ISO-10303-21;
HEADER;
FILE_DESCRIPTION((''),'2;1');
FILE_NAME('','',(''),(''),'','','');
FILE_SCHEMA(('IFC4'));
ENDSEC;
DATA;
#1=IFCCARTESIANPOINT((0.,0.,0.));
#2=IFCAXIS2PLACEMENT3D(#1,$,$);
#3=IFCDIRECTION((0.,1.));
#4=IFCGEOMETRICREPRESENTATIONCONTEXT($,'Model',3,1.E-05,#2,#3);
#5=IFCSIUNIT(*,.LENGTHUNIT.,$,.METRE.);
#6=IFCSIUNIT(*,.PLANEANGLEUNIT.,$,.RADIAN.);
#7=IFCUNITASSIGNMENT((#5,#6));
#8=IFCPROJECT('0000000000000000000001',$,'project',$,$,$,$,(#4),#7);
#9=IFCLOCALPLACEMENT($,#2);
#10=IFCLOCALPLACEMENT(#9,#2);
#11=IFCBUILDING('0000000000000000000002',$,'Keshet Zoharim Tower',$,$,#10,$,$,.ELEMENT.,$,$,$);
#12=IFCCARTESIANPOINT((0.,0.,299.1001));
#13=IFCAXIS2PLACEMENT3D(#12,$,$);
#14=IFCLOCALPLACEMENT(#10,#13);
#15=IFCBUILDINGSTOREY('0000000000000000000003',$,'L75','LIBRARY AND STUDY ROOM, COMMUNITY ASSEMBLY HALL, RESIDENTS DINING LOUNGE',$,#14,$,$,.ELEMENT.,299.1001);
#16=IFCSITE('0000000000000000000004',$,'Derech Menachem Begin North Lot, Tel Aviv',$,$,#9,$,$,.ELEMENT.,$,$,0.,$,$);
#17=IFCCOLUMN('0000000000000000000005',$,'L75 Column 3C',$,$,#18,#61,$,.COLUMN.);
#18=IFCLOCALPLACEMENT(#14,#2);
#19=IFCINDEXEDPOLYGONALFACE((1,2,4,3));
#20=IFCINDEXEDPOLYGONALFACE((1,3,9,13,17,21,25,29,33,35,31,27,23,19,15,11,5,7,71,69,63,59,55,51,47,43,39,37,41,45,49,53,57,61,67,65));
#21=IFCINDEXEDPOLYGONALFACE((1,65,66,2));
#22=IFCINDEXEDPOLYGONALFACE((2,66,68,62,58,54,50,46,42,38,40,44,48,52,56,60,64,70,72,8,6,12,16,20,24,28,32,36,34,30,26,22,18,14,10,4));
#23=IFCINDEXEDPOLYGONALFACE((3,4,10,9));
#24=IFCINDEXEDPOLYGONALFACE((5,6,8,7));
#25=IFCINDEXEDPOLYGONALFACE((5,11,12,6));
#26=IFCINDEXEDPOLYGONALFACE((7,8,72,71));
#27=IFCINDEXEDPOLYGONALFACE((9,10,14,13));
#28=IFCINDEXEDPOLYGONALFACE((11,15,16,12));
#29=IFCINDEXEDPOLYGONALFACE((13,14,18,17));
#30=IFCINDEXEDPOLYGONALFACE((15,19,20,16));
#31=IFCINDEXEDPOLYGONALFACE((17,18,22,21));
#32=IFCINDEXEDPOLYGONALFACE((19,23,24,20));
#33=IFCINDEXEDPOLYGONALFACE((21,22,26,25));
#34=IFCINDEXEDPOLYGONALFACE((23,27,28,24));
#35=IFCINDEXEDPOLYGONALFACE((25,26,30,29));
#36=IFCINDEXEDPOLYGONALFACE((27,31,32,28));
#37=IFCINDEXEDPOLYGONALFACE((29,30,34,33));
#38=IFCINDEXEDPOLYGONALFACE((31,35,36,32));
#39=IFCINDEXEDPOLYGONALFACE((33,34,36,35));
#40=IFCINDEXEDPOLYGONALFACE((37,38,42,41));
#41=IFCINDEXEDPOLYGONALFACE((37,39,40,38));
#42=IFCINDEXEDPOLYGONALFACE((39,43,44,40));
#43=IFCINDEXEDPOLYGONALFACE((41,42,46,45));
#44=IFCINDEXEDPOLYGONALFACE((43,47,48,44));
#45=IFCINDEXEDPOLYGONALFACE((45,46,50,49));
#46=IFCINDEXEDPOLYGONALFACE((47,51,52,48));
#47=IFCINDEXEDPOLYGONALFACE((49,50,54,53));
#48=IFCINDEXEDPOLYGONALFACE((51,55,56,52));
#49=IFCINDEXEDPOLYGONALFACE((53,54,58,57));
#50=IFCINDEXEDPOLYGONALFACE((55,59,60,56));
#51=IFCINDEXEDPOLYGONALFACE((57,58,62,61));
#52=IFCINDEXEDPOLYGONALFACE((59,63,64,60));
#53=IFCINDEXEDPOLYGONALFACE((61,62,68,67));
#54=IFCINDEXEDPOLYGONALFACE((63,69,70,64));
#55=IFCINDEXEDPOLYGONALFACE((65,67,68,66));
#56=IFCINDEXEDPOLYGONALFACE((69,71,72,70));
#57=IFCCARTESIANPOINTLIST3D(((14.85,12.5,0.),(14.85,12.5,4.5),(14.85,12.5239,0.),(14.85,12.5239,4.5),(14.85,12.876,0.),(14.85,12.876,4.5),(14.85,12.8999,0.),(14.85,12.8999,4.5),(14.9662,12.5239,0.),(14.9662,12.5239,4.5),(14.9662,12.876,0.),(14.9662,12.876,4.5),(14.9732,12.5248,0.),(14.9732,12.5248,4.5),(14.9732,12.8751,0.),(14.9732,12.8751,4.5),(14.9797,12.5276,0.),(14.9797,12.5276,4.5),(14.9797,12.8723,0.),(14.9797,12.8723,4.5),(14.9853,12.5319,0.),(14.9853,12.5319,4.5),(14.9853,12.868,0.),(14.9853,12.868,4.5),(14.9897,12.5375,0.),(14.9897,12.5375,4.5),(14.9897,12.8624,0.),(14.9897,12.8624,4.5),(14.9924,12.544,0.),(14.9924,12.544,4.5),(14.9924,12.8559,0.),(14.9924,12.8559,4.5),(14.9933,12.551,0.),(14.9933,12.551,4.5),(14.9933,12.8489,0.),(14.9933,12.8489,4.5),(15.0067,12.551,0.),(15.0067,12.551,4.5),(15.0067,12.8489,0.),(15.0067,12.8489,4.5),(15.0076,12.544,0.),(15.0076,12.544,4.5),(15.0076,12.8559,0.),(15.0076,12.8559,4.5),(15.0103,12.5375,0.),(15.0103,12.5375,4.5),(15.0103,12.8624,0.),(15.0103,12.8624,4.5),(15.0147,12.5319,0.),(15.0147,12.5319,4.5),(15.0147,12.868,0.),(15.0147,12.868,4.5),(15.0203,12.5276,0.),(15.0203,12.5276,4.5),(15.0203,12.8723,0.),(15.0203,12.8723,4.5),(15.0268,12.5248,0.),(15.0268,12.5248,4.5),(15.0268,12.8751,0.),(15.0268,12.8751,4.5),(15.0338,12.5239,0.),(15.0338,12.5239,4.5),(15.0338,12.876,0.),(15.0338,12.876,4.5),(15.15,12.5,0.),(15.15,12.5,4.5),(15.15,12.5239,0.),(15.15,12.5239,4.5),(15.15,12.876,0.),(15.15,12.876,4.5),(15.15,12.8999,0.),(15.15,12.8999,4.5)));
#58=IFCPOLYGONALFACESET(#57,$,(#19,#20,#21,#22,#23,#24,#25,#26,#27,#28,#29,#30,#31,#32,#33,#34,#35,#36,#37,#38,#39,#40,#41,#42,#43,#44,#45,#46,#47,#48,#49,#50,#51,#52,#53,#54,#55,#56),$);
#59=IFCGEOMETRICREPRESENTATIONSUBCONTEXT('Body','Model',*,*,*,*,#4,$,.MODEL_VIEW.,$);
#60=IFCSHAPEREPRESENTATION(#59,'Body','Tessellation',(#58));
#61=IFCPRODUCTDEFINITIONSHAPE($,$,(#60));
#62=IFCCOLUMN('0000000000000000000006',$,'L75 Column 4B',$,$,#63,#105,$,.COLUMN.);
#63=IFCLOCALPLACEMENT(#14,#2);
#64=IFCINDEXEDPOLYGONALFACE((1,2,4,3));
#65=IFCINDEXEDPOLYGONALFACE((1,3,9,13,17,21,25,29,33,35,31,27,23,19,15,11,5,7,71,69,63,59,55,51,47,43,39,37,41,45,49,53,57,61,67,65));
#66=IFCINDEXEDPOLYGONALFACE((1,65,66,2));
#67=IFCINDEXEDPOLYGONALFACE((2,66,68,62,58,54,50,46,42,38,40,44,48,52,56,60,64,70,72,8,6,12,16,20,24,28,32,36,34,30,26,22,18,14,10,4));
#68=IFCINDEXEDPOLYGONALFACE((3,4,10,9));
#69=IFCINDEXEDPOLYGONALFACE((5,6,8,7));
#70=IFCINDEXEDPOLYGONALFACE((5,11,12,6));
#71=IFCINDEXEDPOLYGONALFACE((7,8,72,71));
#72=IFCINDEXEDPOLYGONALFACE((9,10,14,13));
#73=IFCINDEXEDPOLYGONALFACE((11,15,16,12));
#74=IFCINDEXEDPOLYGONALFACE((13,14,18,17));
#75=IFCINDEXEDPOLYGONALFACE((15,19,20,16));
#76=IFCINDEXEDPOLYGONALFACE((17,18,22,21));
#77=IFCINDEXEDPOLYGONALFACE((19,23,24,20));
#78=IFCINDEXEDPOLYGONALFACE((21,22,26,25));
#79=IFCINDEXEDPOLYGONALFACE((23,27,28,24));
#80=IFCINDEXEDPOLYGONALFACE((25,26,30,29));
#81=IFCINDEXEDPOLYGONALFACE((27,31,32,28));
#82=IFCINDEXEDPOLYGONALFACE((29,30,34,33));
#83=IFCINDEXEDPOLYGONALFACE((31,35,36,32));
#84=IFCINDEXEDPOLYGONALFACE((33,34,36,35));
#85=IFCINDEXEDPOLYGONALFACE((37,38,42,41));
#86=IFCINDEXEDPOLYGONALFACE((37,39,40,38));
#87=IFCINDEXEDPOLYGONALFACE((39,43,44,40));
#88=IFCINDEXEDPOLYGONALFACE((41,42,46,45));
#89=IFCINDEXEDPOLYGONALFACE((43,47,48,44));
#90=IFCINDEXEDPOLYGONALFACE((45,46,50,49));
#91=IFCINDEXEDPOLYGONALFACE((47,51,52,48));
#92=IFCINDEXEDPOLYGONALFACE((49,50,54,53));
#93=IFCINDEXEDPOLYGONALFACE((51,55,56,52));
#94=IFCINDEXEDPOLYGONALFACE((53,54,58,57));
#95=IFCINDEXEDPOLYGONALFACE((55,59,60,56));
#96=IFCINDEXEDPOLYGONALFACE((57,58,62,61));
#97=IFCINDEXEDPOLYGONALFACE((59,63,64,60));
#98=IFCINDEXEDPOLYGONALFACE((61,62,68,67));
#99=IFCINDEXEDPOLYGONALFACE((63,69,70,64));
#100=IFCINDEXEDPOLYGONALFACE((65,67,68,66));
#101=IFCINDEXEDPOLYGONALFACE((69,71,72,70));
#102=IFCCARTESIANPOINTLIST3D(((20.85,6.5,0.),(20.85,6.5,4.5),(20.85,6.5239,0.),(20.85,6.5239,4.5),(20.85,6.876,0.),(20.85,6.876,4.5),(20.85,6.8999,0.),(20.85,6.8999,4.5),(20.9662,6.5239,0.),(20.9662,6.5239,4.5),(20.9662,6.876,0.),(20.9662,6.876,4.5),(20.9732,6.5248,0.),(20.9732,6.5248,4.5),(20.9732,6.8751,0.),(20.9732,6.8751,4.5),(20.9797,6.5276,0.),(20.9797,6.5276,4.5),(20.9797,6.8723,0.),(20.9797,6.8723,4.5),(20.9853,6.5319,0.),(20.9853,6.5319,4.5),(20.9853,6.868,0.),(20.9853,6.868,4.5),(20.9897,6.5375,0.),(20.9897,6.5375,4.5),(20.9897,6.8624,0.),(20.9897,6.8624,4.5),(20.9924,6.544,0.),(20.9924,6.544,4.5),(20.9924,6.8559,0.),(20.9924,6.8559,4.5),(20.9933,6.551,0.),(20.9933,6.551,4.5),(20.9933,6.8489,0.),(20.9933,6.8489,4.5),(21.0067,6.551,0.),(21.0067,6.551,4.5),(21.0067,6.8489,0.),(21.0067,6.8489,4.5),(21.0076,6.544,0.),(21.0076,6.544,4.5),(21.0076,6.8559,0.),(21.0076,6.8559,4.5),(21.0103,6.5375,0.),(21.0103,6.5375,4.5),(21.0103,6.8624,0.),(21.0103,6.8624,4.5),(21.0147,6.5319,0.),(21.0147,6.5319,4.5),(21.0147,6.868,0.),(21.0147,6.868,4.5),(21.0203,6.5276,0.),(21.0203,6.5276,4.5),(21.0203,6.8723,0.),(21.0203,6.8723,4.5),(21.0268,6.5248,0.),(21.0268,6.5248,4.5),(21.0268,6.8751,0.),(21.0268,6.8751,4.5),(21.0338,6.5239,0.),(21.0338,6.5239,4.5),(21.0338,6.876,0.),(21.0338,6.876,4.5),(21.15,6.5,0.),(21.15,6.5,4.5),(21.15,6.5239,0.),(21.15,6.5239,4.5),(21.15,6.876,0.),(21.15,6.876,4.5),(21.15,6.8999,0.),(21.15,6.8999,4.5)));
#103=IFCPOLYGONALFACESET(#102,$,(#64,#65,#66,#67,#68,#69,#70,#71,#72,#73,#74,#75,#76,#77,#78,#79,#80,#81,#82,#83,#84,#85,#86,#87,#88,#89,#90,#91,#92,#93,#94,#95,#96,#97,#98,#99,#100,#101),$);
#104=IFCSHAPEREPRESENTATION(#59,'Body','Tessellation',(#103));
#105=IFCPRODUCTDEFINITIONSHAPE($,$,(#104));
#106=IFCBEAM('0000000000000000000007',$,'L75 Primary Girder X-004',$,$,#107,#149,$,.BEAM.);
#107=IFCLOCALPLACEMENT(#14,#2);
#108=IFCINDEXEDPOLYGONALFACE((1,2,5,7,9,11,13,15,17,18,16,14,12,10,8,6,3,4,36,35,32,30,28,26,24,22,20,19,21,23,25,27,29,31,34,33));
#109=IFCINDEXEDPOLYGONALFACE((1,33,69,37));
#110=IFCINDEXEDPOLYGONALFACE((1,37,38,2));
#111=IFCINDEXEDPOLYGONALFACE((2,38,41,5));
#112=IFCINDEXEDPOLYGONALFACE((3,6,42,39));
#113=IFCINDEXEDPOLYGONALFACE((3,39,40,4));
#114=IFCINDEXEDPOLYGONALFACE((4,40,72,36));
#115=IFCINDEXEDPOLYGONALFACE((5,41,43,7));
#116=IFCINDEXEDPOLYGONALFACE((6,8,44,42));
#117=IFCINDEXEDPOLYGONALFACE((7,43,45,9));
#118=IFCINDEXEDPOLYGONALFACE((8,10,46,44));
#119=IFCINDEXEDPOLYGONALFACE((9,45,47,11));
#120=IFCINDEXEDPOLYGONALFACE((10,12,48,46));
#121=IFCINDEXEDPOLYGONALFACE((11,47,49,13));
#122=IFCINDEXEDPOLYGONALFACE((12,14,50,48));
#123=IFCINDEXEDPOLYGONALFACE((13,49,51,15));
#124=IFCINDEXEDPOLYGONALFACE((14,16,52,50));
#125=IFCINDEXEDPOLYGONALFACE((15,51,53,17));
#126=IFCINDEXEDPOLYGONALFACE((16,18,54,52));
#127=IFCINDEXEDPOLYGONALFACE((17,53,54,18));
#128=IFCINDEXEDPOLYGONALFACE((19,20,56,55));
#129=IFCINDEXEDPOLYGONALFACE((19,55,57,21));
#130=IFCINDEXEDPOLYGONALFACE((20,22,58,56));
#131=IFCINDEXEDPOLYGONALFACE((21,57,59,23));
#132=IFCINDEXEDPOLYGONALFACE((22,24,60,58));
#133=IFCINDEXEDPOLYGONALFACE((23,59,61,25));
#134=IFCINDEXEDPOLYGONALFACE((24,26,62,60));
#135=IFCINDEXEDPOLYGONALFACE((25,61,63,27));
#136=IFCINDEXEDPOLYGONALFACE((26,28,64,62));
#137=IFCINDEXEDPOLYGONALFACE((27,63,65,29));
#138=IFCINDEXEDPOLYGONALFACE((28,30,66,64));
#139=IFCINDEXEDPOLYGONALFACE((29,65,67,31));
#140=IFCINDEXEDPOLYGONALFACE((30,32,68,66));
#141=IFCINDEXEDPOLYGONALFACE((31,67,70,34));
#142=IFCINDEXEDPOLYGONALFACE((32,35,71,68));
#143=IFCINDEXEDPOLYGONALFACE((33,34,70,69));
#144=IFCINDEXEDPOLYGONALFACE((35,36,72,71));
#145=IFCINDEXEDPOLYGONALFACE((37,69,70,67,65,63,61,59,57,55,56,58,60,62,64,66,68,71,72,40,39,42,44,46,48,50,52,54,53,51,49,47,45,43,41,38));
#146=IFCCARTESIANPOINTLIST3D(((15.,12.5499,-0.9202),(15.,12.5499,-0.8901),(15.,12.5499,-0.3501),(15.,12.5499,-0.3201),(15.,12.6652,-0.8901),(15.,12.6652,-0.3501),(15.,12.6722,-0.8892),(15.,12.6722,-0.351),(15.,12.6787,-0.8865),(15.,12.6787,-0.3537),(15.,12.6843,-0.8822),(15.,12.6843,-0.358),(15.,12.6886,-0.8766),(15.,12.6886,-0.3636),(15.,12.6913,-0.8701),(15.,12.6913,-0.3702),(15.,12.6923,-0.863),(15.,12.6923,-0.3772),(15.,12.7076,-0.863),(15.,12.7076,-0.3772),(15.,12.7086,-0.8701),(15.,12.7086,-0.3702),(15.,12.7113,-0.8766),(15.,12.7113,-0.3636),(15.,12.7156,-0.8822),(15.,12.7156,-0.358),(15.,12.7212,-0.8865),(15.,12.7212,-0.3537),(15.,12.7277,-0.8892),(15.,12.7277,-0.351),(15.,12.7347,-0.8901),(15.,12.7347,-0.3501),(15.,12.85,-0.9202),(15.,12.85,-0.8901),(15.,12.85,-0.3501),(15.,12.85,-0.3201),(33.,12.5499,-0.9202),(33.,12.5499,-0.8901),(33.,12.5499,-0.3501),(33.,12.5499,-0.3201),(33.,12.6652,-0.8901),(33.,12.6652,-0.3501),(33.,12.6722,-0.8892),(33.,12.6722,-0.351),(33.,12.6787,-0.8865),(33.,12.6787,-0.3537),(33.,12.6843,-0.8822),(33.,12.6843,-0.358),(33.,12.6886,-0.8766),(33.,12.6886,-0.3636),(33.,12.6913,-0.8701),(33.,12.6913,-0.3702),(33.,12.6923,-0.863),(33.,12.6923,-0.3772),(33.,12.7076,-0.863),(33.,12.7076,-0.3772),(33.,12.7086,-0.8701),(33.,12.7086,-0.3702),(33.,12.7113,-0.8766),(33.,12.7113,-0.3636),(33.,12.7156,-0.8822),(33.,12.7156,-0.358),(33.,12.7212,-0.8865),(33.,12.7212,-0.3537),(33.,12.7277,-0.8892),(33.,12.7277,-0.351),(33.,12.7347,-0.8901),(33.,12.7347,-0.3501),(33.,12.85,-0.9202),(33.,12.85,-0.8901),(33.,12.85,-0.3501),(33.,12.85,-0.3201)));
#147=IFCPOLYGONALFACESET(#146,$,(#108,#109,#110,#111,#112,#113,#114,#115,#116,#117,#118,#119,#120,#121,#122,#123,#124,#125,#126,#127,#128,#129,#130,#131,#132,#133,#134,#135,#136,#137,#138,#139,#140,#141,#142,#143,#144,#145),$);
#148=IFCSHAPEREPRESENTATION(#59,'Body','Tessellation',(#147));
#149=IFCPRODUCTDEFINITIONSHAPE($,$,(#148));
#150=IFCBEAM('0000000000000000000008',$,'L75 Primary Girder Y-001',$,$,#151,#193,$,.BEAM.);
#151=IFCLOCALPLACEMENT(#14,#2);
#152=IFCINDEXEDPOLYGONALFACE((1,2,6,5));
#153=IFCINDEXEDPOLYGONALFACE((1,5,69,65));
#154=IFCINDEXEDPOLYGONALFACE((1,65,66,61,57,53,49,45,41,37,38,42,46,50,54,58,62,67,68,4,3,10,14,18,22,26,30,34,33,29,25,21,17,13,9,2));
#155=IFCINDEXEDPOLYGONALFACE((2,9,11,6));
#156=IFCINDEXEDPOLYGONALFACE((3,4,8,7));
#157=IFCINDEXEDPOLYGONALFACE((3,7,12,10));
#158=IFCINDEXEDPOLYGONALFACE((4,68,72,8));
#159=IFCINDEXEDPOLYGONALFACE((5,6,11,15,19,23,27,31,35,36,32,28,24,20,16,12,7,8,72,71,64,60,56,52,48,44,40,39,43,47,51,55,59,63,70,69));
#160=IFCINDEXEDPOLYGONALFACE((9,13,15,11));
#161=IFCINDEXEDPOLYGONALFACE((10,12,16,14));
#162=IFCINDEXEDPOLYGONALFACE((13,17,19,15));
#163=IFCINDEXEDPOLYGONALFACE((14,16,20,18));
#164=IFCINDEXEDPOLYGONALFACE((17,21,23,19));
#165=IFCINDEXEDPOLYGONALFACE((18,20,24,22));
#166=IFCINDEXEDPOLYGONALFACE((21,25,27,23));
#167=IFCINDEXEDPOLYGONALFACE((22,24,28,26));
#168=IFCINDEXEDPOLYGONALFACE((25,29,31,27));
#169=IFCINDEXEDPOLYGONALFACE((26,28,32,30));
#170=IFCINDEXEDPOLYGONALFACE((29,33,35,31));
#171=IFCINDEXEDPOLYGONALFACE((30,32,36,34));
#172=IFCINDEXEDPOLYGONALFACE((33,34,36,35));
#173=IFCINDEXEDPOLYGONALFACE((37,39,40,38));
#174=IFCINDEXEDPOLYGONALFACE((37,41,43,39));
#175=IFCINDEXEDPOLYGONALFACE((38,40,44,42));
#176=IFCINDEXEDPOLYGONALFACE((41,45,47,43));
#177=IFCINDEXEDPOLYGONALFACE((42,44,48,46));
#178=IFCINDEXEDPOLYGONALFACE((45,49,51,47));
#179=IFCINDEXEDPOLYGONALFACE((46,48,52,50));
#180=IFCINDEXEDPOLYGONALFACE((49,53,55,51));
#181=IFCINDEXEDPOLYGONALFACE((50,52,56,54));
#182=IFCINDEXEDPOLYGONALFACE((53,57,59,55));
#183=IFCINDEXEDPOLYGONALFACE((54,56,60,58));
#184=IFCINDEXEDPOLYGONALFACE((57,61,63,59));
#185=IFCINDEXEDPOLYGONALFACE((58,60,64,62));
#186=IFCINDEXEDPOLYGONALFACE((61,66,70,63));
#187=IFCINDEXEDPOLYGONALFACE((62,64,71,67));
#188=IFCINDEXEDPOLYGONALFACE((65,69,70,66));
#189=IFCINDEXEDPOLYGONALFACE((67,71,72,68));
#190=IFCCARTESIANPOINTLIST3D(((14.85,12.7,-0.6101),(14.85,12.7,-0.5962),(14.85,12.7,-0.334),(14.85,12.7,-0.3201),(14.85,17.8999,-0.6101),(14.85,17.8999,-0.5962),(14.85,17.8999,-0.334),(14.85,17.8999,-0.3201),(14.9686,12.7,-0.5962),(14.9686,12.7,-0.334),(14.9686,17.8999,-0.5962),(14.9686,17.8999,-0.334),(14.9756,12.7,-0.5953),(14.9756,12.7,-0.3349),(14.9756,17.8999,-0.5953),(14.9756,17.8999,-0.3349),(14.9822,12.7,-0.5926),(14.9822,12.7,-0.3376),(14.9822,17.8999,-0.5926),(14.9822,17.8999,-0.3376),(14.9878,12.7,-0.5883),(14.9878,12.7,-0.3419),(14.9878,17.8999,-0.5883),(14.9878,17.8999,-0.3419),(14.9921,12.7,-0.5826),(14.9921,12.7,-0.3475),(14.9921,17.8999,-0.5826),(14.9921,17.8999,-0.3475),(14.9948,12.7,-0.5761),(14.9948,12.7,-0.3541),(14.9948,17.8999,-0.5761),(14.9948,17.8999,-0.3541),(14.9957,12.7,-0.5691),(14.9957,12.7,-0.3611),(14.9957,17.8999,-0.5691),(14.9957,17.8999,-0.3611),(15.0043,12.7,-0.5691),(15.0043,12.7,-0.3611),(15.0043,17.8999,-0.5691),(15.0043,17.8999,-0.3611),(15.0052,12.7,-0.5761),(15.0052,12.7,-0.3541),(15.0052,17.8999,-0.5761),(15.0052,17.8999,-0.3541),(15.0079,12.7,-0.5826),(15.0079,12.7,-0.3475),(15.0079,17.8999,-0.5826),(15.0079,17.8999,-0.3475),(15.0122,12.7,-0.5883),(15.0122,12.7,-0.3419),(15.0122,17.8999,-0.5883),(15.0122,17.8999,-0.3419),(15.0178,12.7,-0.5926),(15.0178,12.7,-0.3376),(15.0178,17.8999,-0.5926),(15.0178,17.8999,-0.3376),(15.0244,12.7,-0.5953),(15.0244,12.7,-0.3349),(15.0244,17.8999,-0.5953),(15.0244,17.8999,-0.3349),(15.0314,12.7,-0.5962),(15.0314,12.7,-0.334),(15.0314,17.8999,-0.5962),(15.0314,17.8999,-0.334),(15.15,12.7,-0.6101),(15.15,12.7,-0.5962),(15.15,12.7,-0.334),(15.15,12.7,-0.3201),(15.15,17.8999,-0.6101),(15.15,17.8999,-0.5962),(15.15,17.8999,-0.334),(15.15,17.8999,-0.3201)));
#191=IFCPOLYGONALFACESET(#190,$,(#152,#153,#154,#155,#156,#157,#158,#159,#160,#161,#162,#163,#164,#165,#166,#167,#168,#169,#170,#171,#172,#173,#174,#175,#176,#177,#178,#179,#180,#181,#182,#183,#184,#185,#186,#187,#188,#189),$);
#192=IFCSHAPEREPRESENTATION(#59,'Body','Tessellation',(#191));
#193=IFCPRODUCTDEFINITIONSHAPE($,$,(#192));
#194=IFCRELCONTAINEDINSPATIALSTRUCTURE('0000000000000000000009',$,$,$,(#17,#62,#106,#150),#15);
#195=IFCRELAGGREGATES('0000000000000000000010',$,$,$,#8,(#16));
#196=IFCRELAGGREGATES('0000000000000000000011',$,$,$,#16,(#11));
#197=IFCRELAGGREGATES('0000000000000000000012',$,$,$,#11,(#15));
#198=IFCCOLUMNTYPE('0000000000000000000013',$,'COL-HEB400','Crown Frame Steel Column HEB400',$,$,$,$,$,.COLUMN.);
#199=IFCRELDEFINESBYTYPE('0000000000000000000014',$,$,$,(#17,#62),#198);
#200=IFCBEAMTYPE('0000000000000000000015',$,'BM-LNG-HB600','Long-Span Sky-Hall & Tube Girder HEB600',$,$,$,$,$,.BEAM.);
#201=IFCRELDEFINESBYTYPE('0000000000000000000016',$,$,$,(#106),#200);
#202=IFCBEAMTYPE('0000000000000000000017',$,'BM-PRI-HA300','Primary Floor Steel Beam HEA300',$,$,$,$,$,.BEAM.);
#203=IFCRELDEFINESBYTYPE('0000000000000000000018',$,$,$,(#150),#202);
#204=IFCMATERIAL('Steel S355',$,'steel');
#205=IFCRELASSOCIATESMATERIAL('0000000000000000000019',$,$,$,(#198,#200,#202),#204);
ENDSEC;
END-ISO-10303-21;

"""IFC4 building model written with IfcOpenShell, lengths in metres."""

from ifc_helpers import new_model, si_unit, direction, frame, origin, origin_2d, place, context, subcontext, project, spatial, i_section, extrude, material, material_profile, profile_set, type_object, element, save


model = new_model("IFC4")

# Units and contexts
model_context = context("Model", 3, precision=1e-05, world=origin(), true_north=direction((0.0, 1.0)))
body_context = subcontext(model_context, "Body", "Model", "MODEL_VIEW")
ifc_project = project(units=[si_unit("LENGTHUNIT", "METRE"), si_unit("PLANEANGLEUNIT", "RADIAN")], contexts=[model_context])

# Site, building, storey
site_placement = place(None, origin())
site = spatial("IfcSite", under=ifc_project, at=site_placement, Name="Derech Menachem Begin North Lot, Tel Aviv", CompositionType="ELEMENT", RefElevation=0.0)
building_placement = place(site_placement, origin())
building = spatial("IfcBuilding", under=site, at=building_placement, Name="Keshet Zoharim Tower", CompositionType="ELEMENT")
storey_placement = place(building_placement, frame((0.0, 0.0, 299.1001)))
storey = spatial("IfcBuildingStorey", under=building, at=storey_placement, Name="L75", Description="LIBRARY AND STUDY ROOM, COMMUNITY ASSEMBLY HALL, RESIDENTS DINING LOUNGE", CompositionType="ELEMENT", Elevation=299.1001)

# Columns
ifc_material_1 = material(Name="Steel S355", Category="steel")
ifc_material_profile_1 = material_profile(ifc_material_1, i_section(OverallWidth=0.3, OverallDepth=0.3999, WebThickness=0.0134, FlangeThickness=0.0239, FilletRadius=0.0271, at=origin_2d()), Name="HEB400")
ifc_profile_set_1 = profile_set([ifc_material_profile_1], Name="Steel S355")
column_type = type_object("IfcColumnType", Name="COL-HEB400", Description="Crown Frame Steel Column HEB400", PredefinedType="COLUMN", material=ifc_profile_set_1)
for number, where, z_axis, x_axis, name in (
    (1, (15.0, 12.7, 0.0), (0.0, 0.0, 1.0), (1.0, 0.0, 0.0), "L75 Column 3C"),
    (2, (21.0, 6.7, 0.0), (0.0, 0.0, 1.0), (1.0, 0.0, 0.0), "L75 Column 4B"),
):
    element("IfcColumn", number, at=place(storey_placement, frame(where, z_axis=z_axis, x_axis=x_axis)), inside=storey, type_object=column_type, Name=name, PredefinedType="COLUMN", context=body_context, shape_type="SweptSolid", body=[
        extrude(i_section(OverallWidth=0.3, OverallDepth=0.3999, WebThickness=0.0134, FlangeThickness=0.0239, FilletRadius=0.0271, at=origin_2d()), origin(), (0.0, 0.0, 1.0), 4.5),
    ])

# Beams
ifc_material_profile_2 = material_profile(ifc_material_1, i_section(OverallWidth=0.3, OverallDepth=0.6001, WebThickness=0.0154, FlangeThickness=0.03, FilletRadius=0.0271, at=origin_2d()), Name="HEB600")
ifc_profile_set_2 = profile_set([ifc_material_profile_2], Name="Steel S355")
beam_type_1 = type_object("IfcBeamType", Name="BM-LNG-HB600", Description="Long-Span Sky-Hall & Tube Girder HEB600", PredefinedType="BEAM", material=ifc_profile_set_2)
beam_1_placement = place(storey_placement, frame((15.0, 12.7, -0.6201), z_axis=(1.0, 0.0, 0.0), x_axis=(0.0, 1.0, 0.0)))
element("IfcBeam", 3, at=beam_1_placement, inside=storey, type_object=beam_type_1, Name="L75 Primary Girder X-004", PredefinedType="BEAM", context=body_context, shape_type="SweptSolid", body=[
    extrude(i_section(OverallWidth=0.3, OverallDepth=0.6001, WebThickness=0.0154, FlangeThickness=0.03, FilletRadius=0.0271, at=origin_2d()), origin(), (0.0, 0.0, 1.0), 18.0),
])
ifc_material_profile_3 = material_profile(ifc_material_1, i_section(OverallWidth=0.3, OverallDepth=0.29, WebThickness=0.0085, FlangeThickness=0.0139, FilletRadius=0.0271, at=origin_2d()), Name="HEA300")
ifc_profile_set_3 = profile_set([ifc_material_profile_3], Name="Steel S355")
beam_type_2 = type_object("IfcBeamType", Name="BM-PRI-HA300", Description="Primary Floor Steel Beam HEA300", PredefinedType="BEAM", material=ifc_profile_set_3)
beam_2_placement = place(storey_placement, frame((15.0, 12.7, -0.4651), z_axis=(0.0, 1.0, 0.0), x_axis=(-1.0, 0.0, 0.0)))
element("IfcBeam", 4, at=beam_2_placement, inside=storey, type_object=beam_type_2, Name="L75 Primary Girder Y-001", PredefinedType="BEAM", context=body_context, shape_type="SweptSolid", body=[
    extrude(i_section(OverallWidth=0.3, OverallDepth=0.29, WebThickness=0.0085, FlangeThickness=0.0139, FilletRadius=0.0271, at=origin_2d()), origin(), (0.0, 0.0, 1.0), 5.2),
])

save(model, "model.ifc")
